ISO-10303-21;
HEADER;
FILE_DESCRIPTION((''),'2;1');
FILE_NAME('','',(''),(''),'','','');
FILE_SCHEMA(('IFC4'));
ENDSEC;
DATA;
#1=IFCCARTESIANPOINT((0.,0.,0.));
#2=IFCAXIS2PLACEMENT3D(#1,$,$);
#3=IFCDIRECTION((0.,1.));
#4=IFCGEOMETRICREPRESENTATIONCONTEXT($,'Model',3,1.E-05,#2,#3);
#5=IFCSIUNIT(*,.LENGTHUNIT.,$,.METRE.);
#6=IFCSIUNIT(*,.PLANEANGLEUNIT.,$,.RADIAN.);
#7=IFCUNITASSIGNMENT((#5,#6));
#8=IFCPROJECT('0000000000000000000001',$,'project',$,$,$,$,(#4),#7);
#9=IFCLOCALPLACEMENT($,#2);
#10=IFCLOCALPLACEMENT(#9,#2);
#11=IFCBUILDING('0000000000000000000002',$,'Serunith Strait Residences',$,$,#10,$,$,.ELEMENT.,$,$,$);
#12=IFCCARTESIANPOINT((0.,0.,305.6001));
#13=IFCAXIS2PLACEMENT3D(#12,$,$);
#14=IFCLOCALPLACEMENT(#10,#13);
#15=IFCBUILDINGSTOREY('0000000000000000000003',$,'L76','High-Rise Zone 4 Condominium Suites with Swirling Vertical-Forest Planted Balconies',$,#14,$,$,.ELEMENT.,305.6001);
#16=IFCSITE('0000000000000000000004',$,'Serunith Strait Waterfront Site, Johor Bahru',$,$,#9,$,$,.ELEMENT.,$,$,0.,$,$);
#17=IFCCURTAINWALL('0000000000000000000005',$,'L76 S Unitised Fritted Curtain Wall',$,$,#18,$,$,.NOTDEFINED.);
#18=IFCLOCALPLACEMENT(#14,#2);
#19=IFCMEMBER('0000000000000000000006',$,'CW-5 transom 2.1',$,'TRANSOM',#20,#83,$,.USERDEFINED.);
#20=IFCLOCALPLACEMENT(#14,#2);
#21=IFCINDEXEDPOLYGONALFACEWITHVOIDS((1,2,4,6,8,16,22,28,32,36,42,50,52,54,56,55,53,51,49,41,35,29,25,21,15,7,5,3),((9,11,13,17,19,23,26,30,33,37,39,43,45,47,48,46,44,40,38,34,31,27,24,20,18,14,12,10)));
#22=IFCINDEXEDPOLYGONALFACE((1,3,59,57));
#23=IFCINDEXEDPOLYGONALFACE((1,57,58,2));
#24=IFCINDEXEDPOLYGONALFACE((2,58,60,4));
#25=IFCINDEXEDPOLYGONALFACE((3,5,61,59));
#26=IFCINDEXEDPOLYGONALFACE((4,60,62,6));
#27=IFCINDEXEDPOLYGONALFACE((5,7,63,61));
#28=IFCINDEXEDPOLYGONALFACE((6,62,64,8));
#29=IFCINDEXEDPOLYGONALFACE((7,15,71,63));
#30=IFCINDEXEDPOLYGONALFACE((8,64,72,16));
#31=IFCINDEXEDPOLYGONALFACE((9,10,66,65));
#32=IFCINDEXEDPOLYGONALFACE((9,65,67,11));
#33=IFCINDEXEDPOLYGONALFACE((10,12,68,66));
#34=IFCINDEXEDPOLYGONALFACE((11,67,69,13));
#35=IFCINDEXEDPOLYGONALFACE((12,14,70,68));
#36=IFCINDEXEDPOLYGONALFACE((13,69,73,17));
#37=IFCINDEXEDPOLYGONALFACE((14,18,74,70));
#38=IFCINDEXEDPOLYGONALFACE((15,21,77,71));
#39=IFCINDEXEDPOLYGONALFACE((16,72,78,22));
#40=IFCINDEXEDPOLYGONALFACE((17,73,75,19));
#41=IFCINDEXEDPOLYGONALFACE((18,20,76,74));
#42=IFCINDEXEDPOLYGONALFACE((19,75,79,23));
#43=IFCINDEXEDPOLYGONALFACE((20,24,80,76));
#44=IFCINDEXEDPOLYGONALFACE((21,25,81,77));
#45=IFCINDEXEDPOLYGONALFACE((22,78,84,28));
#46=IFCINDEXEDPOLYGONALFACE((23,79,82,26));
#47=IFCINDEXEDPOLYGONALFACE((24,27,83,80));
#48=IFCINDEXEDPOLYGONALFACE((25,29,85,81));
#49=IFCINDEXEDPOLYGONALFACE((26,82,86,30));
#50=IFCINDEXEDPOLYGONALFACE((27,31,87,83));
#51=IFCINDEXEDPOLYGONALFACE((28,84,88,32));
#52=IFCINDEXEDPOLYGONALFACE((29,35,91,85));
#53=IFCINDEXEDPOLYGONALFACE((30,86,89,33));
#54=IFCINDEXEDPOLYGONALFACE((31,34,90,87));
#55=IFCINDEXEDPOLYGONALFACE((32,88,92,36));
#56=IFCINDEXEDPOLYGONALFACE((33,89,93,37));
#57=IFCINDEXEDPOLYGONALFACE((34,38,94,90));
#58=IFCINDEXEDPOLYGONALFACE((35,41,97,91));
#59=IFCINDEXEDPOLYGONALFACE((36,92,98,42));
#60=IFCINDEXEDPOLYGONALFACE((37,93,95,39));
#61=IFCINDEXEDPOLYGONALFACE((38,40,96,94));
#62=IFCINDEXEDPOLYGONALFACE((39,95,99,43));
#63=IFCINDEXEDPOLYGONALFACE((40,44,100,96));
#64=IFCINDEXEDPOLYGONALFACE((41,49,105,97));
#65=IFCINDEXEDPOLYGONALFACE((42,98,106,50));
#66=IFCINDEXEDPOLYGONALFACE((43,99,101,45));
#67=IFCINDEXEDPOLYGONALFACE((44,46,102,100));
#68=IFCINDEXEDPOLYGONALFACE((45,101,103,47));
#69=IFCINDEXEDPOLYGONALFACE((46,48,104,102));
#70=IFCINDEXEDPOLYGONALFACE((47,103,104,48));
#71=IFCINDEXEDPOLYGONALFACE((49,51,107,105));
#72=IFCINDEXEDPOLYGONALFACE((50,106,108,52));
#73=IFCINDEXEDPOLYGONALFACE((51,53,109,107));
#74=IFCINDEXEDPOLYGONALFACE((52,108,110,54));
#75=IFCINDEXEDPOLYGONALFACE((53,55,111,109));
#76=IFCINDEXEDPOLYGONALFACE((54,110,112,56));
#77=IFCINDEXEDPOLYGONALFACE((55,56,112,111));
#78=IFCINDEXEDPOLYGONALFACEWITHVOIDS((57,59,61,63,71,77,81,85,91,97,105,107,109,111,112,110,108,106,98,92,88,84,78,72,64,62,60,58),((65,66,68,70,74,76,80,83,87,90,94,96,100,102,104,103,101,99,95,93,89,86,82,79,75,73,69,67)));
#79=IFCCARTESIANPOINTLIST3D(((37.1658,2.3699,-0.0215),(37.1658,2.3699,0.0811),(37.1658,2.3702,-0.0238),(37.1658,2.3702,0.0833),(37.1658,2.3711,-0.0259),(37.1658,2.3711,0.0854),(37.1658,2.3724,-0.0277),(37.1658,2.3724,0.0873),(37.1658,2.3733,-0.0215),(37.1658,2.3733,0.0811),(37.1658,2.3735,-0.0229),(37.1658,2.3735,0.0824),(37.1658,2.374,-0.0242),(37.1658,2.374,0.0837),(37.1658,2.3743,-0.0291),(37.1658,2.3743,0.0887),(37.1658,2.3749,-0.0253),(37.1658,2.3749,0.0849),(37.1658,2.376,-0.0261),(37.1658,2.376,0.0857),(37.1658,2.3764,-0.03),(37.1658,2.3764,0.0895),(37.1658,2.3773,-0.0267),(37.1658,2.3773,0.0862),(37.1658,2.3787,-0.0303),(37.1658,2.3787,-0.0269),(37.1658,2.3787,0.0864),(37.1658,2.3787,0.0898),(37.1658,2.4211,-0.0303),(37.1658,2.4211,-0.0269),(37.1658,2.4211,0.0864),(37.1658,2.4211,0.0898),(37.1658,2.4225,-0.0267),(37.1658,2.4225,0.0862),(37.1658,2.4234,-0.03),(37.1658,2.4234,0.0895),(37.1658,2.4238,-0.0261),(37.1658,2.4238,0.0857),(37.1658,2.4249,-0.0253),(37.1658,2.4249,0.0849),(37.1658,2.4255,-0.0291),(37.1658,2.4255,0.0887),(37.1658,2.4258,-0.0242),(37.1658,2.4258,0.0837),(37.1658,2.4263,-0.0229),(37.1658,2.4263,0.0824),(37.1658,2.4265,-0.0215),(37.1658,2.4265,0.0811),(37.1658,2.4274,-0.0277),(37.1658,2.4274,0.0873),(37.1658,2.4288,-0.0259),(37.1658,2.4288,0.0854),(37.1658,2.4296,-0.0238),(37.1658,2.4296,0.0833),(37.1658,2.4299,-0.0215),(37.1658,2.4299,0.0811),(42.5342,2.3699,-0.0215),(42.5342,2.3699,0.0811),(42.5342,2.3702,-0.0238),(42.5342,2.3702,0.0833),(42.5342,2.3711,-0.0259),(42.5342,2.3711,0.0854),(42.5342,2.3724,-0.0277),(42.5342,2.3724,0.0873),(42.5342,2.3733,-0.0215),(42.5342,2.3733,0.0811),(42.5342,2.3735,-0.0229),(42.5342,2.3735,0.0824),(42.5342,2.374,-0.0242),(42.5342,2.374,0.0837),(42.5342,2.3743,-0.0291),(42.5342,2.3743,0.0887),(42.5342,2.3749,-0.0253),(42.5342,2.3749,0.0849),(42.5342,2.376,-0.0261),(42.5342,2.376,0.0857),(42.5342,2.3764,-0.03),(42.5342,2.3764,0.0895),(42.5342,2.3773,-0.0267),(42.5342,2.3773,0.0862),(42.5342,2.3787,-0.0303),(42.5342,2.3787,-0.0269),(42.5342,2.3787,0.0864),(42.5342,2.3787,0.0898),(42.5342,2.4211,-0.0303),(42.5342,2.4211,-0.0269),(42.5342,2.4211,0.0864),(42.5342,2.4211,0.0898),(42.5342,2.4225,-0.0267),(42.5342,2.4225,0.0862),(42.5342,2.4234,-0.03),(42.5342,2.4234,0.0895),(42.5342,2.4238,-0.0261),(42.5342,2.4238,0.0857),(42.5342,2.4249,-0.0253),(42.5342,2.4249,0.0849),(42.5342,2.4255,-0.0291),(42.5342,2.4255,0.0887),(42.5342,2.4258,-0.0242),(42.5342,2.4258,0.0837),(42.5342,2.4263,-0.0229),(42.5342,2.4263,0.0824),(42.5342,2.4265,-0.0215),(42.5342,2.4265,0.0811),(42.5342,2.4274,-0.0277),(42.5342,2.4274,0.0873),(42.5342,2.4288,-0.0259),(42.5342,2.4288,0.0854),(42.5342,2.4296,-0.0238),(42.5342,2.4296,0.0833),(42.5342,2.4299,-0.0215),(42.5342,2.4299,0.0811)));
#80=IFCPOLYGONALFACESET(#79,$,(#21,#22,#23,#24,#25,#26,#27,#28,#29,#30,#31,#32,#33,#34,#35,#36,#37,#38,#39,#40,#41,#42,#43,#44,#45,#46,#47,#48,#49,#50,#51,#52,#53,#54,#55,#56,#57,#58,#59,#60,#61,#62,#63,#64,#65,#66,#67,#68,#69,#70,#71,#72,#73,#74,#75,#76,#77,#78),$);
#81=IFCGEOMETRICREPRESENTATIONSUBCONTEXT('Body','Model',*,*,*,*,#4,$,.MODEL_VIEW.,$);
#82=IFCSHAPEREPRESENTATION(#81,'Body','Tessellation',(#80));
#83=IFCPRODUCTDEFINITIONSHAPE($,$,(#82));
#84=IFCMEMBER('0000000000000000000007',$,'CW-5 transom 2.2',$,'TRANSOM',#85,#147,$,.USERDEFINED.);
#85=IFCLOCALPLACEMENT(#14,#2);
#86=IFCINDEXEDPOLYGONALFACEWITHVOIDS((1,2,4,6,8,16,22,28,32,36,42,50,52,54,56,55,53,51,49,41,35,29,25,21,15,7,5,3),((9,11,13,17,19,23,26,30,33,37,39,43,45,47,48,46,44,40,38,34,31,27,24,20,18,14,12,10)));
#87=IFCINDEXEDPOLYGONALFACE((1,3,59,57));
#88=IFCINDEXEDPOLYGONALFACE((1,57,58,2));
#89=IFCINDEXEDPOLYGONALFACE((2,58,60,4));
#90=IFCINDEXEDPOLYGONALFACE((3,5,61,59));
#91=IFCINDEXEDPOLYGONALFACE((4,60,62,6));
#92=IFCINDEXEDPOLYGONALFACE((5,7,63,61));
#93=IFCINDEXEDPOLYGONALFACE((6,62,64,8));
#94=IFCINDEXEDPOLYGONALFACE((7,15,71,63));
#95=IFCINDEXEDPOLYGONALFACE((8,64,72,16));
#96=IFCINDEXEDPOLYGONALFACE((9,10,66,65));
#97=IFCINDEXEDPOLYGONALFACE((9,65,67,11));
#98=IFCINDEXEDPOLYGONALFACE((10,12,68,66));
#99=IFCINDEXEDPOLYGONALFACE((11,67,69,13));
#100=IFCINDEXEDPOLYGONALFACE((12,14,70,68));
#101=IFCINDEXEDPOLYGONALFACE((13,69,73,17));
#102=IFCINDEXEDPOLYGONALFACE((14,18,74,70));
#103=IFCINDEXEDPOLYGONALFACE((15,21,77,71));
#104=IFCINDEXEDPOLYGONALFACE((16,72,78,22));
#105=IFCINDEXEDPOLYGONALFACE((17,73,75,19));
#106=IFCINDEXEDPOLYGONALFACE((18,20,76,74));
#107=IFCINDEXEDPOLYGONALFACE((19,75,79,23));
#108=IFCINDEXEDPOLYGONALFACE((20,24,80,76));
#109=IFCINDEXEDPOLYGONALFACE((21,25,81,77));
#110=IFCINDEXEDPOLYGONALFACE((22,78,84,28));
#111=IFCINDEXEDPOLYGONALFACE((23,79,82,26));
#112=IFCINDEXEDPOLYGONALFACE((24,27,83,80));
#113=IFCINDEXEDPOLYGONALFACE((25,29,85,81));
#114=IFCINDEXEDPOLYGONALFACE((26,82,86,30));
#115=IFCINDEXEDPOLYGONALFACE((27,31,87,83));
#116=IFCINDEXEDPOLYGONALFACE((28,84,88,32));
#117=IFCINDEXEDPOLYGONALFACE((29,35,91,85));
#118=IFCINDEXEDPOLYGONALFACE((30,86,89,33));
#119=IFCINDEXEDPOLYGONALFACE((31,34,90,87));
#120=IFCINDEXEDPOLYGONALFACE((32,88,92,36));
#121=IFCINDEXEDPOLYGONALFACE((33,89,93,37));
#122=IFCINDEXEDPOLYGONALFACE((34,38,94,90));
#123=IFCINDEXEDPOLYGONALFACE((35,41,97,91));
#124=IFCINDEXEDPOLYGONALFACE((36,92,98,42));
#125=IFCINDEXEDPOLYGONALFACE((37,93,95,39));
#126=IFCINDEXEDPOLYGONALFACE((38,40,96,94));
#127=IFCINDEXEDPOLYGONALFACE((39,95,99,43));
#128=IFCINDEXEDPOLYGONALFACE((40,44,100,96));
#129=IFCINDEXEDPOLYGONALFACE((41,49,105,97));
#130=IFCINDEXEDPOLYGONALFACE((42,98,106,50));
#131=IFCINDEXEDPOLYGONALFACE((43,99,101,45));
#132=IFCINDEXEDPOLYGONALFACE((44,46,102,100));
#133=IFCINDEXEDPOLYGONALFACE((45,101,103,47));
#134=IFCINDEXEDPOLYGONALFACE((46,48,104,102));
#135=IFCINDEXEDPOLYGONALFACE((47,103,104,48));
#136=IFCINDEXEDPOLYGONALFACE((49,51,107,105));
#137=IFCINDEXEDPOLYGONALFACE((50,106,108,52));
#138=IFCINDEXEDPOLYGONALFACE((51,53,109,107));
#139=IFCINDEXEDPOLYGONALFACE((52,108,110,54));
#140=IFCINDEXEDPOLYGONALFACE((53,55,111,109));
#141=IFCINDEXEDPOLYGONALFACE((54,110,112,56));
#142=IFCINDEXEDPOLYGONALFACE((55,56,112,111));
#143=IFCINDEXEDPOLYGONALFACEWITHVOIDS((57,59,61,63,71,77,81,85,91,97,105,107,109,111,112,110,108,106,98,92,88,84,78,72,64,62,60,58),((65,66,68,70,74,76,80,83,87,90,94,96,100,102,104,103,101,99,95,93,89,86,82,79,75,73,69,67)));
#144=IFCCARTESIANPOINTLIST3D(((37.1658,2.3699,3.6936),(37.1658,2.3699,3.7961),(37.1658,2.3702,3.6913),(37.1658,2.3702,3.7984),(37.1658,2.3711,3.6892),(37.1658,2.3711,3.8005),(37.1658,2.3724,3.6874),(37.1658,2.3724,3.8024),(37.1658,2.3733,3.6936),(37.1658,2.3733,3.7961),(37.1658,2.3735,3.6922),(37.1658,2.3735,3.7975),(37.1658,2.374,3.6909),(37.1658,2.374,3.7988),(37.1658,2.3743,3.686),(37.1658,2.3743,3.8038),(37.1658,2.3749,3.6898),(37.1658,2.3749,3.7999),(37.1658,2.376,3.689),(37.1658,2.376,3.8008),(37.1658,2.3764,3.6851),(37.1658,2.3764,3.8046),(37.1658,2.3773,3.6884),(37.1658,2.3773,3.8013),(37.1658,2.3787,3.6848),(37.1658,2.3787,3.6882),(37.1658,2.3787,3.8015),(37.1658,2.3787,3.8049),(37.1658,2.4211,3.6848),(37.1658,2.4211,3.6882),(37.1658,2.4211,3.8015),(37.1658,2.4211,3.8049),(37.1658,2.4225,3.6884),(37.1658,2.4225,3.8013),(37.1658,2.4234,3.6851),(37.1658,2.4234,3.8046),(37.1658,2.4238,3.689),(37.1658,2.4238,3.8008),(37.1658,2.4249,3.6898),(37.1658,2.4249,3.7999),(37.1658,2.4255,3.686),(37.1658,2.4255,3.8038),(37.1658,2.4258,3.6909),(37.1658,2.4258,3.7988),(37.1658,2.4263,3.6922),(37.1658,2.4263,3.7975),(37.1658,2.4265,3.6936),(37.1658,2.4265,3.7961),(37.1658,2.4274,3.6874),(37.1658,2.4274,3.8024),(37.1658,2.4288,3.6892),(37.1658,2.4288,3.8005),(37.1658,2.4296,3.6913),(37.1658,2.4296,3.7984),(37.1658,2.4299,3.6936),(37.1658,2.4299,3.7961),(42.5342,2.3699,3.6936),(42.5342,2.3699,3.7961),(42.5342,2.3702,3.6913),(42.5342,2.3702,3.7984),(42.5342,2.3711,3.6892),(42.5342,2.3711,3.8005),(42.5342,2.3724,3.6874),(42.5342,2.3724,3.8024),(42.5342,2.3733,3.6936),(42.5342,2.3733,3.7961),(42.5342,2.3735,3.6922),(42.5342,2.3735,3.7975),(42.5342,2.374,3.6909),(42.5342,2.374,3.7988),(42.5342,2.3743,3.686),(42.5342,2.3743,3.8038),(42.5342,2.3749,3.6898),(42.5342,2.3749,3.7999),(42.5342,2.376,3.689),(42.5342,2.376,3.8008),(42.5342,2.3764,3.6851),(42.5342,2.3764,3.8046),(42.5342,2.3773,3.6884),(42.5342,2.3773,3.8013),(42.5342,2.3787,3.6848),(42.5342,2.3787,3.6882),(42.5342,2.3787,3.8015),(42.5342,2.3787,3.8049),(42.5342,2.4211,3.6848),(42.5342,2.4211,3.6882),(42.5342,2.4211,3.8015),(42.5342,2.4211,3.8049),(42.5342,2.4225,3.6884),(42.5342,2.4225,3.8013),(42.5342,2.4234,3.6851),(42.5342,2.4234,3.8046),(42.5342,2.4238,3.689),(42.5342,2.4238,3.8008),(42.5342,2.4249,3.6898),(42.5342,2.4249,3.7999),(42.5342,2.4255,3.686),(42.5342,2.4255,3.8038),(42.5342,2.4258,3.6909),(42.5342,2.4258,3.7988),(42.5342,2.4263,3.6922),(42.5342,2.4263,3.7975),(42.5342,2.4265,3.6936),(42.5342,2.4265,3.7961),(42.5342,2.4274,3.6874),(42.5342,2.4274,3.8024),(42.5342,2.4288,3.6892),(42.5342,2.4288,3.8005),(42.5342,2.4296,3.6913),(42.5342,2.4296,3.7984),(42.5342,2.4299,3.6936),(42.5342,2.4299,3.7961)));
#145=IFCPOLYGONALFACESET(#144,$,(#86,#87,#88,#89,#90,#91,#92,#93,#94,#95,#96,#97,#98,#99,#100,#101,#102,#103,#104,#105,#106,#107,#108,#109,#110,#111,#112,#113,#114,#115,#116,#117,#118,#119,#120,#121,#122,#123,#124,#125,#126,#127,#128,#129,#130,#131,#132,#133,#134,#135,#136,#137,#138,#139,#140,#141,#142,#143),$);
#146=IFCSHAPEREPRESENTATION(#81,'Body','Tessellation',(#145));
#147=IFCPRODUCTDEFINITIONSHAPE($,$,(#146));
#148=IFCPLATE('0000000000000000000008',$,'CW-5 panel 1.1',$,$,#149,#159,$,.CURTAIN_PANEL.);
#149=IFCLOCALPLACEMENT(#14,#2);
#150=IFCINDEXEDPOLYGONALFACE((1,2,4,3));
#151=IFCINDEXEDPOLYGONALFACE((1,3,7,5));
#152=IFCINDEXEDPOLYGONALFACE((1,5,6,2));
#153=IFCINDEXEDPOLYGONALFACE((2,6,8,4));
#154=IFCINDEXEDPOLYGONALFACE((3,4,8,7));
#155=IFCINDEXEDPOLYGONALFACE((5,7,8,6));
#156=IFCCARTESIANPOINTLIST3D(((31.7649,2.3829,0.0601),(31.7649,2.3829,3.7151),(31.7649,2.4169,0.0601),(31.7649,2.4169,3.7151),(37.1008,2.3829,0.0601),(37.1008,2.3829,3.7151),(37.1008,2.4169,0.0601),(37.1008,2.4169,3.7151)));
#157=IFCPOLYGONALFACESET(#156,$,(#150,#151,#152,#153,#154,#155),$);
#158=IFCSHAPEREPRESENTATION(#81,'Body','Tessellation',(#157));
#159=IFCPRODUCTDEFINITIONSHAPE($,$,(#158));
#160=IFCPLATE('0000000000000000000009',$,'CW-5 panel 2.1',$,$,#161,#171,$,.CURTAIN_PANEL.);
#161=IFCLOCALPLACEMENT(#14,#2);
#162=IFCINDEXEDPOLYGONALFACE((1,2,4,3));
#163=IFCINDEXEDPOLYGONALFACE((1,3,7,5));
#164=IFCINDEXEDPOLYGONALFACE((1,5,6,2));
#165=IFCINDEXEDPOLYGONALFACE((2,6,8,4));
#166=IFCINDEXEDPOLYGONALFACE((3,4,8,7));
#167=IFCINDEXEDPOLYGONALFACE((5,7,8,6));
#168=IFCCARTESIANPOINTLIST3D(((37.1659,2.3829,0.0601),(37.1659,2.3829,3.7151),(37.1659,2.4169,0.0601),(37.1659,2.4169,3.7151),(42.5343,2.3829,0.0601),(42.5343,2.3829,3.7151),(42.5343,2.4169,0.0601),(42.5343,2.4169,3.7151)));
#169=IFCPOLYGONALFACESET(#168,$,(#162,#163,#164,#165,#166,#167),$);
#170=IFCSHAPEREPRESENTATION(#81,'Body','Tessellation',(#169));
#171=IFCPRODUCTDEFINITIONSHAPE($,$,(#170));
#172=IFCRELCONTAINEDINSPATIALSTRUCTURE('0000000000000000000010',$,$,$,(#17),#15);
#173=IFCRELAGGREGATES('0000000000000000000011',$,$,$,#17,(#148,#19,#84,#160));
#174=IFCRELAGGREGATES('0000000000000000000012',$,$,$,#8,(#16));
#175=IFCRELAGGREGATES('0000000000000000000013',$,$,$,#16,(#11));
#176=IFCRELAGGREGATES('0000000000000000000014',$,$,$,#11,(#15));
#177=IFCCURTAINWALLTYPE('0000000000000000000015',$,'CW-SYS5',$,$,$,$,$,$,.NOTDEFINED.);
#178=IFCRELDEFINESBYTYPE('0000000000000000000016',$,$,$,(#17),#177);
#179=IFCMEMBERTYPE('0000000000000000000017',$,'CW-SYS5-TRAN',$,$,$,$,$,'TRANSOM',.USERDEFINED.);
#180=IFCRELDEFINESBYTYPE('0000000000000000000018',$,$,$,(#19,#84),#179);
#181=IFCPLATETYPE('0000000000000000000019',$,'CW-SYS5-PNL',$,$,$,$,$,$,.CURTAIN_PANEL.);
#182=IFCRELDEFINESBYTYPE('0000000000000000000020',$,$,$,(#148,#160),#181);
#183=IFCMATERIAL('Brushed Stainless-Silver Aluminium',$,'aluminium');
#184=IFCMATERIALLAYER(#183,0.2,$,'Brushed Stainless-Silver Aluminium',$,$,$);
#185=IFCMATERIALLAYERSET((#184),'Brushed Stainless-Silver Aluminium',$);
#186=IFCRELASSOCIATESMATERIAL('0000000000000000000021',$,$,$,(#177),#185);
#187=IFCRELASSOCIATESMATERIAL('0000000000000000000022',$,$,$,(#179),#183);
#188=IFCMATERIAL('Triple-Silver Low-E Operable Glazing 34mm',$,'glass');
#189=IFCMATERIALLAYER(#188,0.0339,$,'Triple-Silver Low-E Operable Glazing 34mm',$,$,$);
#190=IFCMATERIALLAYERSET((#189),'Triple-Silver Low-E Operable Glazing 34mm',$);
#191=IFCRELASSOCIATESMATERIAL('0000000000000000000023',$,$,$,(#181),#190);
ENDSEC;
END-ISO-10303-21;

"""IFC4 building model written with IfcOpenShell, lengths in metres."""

from ifc_helpers import new_model, si_unit, direction, frame, origin, origin_2d, place, context, subcontext, project, spatial, rectangle, hollow_rectangle, extrude, source, transform, mapped, material, layer, layer_set, material_profile, profile_set, type_object, element, aggregate, save


model = new_model("IFC4")

# Units and contexts
model_context = context("Model", 3, precision=1e-05, world=origin(), true_north=direction((0.0, 1.0)))
body_context = subcontext(model_context, "Body", "Model", "MODEL_VIEW")
ifc_project = project(units=[si_unit("LENGTHUNIT", "METRE"), si_unit("PLANEANGLEUNIT", "RADIAN")], contexts=[model_context])

# Site, building, storey
site_placement = place(None, origin())
site = spatial("IfcSite", under=ifc_project, at=site_placement, Name="Serunith Strait Waterfront Site, Johor Bahru", CompositionType="ELEMENT", RefElevation=0.0)
building_placement = place(site_placement, origin())
building = spatial("IfcBuilding", under=site, at=building_placement, Name="Serunith Strait Residences", CompositionType="ELEMENT")
storey_placement = place(building_placement, frame((0.0, 0.0, 305.6001)))
storey = spatial("IfcBuildingStorey", under=building, at=storey_placement, Name="L76", Description="High-Rise Zone 4 Condominium Suites with Swirling Vertical-Forest Planted Balconies", CompositionType="ELEMENT", Elevation=305.6001)

# Curtain wall, members, plates
ifc_material_1 = material(Name="Brushed Stainless-Silver Aluminium", Category="aluminium")
ifc_layer_1 = layer(ifc_material_1, 0.2, Name="Brushed Stainless-Silver Aluminium")
ifc_layer_set_1 = layer_set([ifc_layer_1], Name="Brushed Stainless-Silver Aluminium")
curtain_wall_type = type_object("IfcCurtainWallType", Name="CW-SYS5", PredefinedType="NOTDEFINED", material=ifc_layer_set_1)
curtain_wall_placement = place(storey_placement, origin())
curtain_wall = element("IfcCurtainWall", 1, at=curtain_wall_placement, inside=storey, type_object=curtain_wall_type, Name="L76 S Unitised Fritted Curtain Wall", PredefinedType="NOTDEFINED")
ifc_material_profile_1 = material_profile(ifc_material_1, hollow_rectangle(XDim=0.0601, YDim=0.1201, WallThickness=0.0034, InnerFilletRadius=0.0054, OuterFilletRadius=0.0088, at=origin_2d()), Name="ALU 120x60x3.5")
ifc_profile_set_1 = profile_set([ifc_material_profile_1], Name="Brushed Stainless-Silver Aluminium")
member_type_1 = type_object("IfcMemberType", Name="CW-SYS5-TRAN", ElementType="TRANSOM", PredefinedType="USERDEFINED", material=ifc_profile_set_1)
shared_shape_1 = source(origin(), body_context, "Body", "SweptSolid", [
    extrude(hollow_rectangle(XDim=0.0601, YDim=0.1201, WallThickness=0.0034, InnerFilletRadius=0.0054, OuterFilletRadius=0.0088, at=origin_2d()), origin(), (0.0, 0.0, 1.0), 5.3684),
])
member_1_placement = place(storey_placement, frame((37.1658, 2.3999, 0.0298), z_axis=(1.0, 0.0, 0.0), x_axis=(0.0, 1.0, 0.0)))
member_1 = element("IfcMember", 2, at=member_1_placement, type_object=member_type_1, Name="CW-5 transom 2.1", ObjectType="TRANSOM", PredefinedType="USERDEFINED", context=body_context, shape_type="MappedRepresentation", body=[
    mapped(shared_shape_1, transform((0.0, 0.0, 0.0), scale=1.0)),
])
member_2_placement = place(storey_placement, frame((37.1658, 2.3999, 3.7449), z_axis=(1.0, 0.0, 0.0), x_axis=(0.0, 1.0, 0.0)))
member_2 = element("IfcMember", 3, at=member_2_placement, type_object=member_type_1, Name="CW-5 transom 2.2", ObjectType="TRANSOM", PredefinedType="USERDEFINED", context=body_context, shape_type="MappedRepresentation", body=[
    mapped(shared_shape_1, transform((0.0, 0.0, 0.0), scale=1.0)),
])
ifc_material_2 = material(Name="Triple-Silver Low-E Operable Glazing 34mm", Category="glass")
ifc_layer_2 = layer(ifc_material_2, 0.0339, Name="Triple-Silver Low-E Operable Glazing 34mm")
ifc_layer_set_2 = layer_set([ifc_layer_2], Name="Triple-Silver Low-E Operable Glazing 34mm")
plate_type = type_object("IfcPlateType", Name="CW-SYS5-PNL", PredefinedType="CURTAIN_PANEL", material=ifc_layer_set_2)
shared_shape_2 = source(origin(), body_context, "Body", "SweptSolid", [
    extrude(rectangle(XDim=5.3359, YDim=0.0339, at=origin_2d()), origin(), (0.0, 0.0, 1.0), 3.655),
])
plate_1_placement = place(storey_placement, frame((34.4329, 2.3999, 0.0601), z_axis=(0.0, 0.0, 1.0), x_axis=(1.0, 0.0, 0.0)))
plate_1 = element("IfcPlate", 4, at=plate_1_placement, type_object=plate_type, Name="CW-5 panel 1.1", PredefinedType="CURTAIN_PANEL", context=body_context, shape_type="MappedRepresentation", body=[
    mapped(shared_shape_2, transform((0.0, 0.0, 0.0), scale=1.0)),
])
shared_shape_3 = source(origin(), body_context, "Body", "SweptSolid", [
    extrude(rectangle(XDim=5.3684, YDim=0.0339, at=origin_2d()), origin(), (0.0, 0.0, 1.0), 3.655),
])
plate_2_placement = place(storey_placement, frame((39.8501, 2.3999, 0.0601), z_axis=(0.0, 0.0, 1.0), x_axis=(1.0, 0.0, 0.0)))
plate_2 = element("IfcPlate", 5, at=plate_2_placement, type_object=plate_type, Name="CW-5 panel 2.1", PredefinedType="CURTAIN_PANEL", context=body_context, shape_type="MappedRepresentation", body=[
    mapped(shared_shape_3, transform((0.0, 0.0, 0.0), scale=1.0)),
])
aggregate(curtain_wall, [plate_1, member_1, member_2, plate_2])

save(model, "model.ifc")
